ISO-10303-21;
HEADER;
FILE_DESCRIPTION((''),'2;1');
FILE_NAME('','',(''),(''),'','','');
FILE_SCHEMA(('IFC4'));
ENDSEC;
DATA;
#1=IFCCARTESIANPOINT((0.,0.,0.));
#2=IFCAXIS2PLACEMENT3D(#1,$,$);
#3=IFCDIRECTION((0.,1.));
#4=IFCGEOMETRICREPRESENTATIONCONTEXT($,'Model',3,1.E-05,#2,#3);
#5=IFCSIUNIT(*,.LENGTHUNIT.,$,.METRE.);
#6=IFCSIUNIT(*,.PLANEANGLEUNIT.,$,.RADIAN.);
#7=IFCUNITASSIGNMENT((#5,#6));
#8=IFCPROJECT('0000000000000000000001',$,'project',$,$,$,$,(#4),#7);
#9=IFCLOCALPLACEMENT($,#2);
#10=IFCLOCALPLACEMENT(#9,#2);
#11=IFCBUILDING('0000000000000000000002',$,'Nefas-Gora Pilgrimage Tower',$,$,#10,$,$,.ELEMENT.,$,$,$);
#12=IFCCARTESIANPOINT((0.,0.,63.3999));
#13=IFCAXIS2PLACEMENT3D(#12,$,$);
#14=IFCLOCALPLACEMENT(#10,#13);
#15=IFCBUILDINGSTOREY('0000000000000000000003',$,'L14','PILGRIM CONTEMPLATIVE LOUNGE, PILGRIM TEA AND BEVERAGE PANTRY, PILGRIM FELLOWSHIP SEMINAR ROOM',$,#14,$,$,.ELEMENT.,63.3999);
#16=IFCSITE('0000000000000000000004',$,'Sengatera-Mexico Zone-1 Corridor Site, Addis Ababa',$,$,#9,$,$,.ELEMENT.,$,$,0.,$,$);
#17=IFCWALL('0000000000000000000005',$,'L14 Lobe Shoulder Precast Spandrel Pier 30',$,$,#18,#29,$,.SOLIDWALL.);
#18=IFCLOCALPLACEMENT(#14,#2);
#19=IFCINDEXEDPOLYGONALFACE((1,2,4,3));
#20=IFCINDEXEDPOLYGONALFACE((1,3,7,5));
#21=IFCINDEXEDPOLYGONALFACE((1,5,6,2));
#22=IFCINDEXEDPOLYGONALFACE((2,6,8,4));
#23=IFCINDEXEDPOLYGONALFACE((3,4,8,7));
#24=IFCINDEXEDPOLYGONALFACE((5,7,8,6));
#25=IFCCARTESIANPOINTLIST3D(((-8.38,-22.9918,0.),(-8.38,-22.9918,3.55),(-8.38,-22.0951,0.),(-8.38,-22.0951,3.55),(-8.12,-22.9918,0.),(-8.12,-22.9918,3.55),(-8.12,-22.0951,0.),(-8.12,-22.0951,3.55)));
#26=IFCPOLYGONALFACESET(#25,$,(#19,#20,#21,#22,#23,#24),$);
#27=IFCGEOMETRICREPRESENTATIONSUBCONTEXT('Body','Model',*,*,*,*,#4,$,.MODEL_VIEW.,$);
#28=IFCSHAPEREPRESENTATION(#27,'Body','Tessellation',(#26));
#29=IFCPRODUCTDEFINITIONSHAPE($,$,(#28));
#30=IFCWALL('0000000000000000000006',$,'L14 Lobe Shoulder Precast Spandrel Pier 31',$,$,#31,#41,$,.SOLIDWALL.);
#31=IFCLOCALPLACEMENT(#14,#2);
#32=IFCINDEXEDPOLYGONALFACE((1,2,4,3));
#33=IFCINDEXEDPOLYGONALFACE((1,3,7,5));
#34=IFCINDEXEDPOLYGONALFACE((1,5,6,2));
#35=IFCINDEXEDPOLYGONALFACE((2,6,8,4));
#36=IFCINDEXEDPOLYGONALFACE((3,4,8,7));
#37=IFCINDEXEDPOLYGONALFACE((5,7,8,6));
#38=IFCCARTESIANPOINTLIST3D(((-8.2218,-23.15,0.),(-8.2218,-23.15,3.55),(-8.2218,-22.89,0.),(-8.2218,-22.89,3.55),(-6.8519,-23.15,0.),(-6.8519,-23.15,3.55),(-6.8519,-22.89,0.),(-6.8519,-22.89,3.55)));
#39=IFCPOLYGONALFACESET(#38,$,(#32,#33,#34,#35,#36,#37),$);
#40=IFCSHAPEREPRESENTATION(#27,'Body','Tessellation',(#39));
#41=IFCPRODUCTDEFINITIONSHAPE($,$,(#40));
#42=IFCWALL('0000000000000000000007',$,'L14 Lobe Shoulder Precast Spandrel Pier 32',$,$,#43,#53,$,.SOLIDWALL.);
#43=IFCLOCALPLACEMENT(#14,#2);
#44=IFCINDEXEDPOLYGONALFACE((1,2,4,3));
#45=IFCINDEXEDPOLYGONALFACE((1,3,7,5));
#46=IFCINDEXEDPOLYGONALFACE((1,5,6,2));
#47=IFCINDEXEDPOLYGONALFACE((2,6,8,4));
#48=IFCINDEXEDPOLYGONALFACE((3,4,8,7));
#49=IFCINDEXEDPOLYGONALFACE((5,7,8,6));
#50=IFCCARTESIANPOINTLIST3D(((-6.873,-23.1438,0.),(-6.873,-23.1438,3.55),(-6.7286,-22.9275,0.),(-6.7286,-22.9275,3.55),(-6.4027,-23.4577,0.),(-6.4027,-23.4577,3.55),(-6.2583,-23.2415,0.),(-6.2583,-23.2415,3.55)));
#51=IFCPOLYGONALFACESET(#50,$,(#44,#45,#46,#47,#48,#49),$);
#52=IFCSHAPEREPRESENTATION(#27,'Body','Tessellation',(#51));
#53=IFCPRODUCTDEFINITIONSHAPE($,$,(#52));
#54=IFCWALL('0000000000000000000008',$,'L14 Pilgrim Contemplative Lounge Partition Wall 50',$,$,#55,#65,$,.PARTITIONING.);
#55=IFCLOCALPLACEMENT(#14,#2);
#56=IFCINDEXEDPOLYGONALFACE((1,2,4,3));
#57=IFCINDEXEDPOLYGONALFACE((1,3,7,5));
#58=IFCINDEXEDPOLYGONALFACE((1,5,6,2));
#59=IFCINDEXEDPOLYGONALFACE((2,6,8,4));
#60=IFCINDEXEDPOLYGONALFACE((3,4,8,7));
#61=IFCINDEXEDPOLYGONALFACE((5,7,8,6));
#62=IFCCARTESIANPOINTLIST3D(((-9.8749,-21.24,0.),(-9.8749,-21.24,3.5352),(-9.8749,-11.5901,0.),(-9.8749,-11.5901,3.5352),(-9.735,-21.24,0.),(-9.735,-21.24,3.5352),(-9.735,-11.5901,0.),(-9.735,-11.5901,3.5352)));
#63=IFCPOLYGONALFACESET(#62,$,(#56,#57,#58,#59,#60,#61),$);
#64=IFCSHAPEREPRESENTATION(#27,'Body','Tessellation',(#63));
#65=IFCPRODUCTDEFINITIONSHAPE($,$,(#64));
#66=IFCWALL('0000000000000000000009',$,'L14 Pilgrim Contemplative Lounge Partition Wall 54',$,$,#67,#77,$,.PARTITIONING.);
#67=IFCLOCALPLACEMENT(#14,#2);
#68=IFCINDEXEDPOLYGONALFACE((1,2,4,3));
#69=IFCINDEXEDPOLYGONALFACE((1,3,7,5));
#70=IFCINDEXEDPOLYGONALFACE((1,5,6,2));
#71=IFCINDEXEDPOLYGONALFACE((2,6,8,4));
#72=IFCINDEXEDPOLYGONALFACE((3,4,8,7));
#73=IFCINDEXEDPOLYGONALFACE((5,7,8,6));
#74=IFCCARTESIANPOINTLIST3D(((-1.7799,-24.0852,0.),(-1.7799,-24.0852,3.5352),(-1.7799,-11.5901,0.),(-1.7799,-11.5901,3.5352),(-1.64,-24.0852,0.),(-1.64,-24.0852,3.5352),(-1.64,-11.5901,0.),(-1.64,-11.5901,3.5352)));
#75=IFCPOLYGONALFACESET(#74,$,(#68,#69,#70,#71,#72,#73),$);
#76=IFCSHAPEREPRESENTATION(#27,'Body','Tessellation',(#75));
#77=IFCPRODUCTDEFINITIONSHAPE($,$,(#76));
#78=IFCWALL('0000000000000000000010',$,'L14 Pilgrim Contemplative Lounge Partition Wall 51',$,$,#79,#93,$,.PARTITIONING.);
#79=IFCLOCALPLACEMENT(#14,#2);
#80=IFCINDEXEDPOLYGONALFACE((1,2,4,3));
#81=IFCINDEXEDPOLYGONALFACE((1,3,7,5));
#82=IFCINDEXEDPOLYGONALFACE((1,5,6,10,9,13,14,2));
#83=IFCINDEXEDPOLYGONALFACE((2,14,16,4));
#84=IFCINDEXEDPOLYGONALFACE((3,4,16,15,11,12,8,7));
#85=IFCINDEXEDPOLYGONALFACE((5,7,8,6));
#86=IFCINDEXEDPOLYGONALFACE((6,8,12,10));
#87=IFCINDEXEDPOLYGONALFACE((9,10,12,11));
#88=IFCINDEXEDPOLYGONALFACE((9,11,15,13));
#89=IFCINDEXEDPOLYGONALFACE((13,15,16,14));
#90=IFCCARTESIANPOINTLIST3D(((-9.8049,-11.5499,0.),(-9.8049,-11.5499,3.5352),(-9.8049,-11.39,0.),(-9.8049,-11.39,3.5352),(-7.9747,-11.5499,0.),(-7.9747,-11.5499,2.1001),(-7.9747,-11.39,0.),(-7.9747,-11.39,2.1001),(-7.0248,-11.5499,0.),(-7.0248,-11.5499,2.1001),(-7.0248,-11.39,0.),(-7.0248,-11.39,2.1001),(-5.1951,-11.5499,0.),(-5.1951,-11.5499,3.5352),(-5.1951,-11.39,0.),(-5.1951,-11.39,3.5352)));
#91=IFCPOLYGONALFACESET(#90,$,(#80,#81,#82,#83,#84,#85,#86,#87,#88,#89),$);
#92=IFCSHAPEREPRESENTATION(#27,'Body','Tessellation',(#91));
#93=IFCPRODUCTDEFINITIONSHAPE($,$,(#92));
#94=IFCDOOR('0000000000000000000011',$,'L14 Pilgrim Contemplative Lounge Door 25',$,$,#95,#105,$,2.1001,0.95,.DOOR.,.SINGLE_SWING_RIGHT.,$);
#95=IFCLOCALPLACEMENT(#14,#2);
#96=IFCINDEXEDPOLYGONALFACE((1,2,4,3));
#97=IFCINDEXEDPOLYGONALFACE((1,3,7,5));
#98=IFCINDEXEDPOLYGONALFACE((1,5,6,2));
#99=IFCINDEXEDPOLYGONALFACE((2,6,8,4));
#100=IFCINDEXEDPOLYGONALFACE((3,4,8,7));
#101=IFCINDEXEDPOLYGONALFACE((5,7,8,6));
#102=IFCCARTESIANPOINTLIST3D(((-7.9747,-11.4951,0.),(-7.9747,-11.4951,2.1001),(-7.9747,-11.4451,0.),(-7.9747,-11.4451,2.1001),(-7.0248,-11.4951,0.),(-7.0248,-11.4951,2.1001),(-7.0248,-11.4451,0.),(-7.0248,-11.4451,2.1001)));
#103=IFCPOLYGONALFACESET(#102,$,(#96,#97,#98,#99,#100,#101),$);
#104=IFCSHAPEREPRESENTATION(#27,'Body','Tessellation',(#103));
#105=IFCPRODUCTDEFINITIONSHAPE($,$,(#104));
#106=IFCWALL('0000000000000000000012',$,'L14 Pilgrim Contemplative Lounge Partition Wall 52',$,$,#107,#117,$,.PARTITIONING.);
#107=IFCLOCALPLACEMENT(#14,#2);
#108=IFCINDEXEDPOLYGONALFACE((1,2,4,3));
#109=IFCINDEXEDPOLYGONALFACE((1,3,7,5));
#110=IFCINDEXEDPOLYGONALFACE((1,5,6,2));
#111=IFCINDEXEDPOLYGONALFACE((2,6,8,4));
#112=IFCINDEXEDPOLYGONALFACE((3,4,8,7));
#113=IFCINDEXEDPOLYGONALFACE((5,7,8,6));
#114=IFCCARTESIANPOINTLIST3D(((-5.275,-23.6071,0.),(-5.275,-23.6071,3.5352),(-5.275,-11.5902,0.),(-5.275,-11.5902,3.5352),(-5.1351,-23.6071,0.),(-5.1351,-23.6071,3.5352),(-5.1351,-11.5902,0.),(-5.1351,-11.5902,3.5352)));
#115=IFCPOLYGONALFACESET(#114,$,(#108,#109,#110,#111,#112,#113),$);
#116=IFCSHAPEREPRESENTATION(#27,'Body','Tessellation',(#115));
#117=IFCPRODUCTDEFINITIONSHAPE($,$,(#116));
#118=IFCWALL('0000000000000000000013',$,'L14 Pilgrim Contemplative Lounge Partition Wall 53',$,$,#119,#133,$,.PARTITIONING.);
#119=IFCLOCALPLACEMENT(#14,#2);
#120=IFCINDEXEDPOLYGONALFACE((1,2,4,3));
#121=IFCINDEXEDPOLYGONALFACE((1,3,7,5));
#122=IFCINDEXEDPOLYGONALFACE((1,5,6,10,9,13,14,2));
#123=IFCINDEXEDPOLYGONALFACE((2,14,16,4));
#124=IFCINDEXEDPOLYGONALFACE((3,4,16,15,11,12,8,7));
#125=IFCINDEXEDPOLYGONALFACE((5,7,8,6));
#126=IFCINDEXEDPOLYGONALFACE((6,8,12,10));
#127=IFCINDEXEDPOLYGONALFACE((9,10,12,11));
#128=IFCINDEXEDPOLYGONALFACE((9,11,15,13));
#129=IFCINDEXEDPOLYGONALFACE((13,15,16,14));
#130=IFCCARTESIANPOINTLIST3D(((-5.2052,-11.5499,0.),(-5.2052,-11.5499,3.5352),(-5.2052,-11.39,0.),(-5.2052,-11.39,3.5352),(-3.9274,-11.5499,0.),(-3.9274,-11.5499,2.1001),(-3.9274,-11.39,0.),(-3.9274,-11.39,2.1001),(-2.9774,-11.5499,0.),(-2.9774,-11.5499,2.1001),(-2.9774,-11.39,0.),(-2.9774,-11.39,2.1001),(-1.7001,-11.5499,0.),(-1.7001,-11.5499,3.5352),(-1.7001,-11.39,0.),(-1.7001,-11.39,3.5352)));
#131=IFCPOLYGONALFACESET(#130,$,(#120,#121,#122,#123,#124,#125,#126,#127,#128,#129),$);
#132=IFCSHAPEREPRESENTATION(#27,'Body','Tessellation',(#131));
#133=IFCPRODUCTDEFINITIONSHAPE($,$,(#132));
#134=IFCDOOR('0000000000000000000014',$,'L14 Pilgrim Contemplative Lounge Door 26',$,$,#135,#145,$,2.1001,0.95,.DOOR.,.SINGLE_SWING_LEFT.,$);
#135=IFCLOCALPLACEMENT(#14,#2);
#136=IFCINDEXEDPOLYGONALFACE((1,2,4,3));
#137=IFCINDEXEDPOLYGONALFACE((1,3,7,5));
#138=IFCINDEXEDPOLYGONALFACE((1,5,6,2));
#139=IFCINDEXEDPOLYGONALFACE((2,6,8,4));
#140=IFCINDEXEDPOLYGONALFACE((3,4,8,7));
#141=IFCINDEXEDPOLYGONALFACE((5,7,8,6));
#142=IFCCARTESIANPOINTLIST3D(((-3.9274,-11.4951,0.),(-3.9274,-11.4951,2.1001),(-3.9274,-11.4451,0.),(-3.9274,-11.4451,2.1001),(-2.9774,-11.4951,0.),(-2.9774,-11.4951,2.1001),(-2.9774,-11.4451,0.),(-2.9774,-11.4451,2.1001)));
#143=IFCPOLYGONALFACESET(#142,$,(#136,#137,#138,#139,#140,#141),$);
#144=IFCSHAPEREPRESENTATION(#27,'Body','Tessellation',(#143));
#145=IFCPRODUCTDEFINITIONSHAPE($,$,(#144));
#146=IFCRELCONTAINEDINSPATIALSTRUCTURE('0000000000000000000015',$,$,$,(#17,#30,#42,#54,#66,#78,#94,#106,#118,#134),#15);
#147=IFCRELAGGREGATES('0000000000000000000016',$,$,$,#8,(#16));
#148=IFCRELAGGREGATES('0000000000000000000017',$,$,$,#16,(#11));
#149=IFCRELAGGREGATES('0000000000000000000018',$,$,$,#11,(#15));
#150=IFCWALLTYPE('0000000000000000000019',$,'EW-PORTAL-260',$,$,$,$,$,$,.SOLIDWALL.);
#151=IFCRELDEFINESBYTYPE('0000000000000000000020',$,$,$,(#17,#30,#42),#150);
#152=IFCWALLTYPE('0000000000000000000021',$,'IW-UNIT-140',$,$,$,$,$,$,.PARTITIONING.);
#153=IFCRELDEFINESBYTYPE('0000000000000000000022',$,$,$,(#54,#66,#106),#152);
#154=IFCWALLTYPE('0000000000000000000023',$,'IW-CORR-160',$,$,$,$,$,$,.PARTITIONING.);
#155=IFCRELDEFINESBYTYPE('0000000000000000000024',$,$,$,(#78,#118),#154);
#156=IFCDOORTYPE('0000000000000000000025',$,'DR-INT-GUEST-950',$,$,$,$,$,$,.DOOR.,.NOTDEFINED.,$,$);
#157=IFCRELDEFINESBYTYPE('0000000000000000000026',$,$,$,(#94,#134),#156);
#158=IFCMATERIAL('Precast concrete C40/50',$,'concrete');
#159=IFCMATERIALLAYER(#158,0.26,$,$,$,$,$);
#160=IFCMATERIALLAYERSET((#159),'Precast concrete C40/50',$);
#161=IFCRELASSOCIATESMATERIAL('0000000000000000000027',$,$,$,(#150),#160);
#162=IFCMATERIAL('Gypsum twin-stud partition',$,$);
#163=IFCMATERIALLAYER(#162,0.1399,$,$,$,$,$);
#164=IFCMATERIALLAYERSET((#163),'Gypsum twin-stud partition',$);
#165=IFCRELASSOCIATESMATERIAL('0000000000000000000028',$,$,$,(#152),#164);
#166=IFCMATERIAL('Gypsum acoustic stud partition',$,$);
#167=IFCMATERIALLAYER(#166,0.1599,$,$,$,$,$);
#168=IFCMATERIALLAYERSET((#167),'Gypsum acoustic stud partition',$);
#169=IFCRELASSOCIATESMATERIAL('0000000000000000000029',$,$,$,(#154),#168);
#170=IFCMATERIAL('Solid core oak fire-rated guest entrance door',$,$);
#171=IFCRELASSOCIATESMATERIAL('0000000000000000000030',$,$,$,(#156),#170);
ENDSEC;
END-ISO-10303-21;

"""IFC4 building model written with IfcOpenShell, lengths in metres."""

from ifc_helpers import new_model, si_unit, direction, frame, frame_2d, origin, place, context, subcontext, project, spatial, rectangle, extrude, source, transform, mapped, material, layer, layer_set, type_object, element, fill, save


model = new_model("IFC4")

# Units and contexts
model_context = context("Model", 3, precision=1e-05, world=origin(), true_north=direction((0.0, 1.0)))
body_context = subcontext(model_context, "Body", "Model", "MODEL_VIEW")
ifc_project = project(units=[si_unit("LENGTHUNIT", "METRE"), si_unit("PLANEANGLEUNIT", "RADIAN")], contexts=[model_context])

# Site, building, storey
site_placement = place(None, origin())
site = spatial("IfcSite", under=ifc_project, at=site_placement, Name="Sengatera-Mexico Zone-1 Corridor Site, Addis Ababa", CompositionType="ELEMENT", RefElevation=0.0)
building_placement = place(site_placement, origin())
building = spatial("IfcBuilding", under=site, at=building_placement, Name="Nefas-Gora Pilgrimage Tower", CompositionType="ELEMENT")
storey_placement = place(building_placement, frame((0.0, 0.0, 63.3999)))
storey = spatial("IfcBuildingStorey", under=building, at=storey_placement, Name="L14", Description="PILGRIM CONTEMPLATIVE LOUNGE, PILGRIM TEA AND BEVERAGE PANTRY, PILGRIM FELLOWSHIP SEMINAR ROOM", CompositionType="ELEMENT", Elevation=63.3999)

# Walls
ifc_material_1 = material(Name="Precast concrete C40/50", Category="concrete")
ifc_layer_1 = layer(ifc_material_1, 0.26)
ifc_layer_set_1 = layer_set([ifc_layer_1], Name="Precast concrete C40/50")
wall_type_1 = type_object("IfcWallType", Name="EW-PORTAL-260", PredefinedType="SOLIDWALL", material=ifc_layer_set_1)
shared_shape_1 = source(origin(), body_context, "Body", "SweptSolid", [
    extrude(rectangle(XDim=0.8967, YDim=0.26, at=frame_2d((0.4482, 0.0))), origin(), (0.0, 0.0, 1.0), 3.55),
])
wall_1_placement = place(storey_placement, frame((-8.25, -22.0952, 0.0), z_axis=(0.0, 0.0, 1.0), x_axis=(0.0, -1.0, 0.0)))
element("IfcWall", 1, at=wall_1_placement, inside=storey, type_object=wall_type_1, Name="L14 Lobe Shoulder Precast Spandrel Pier 30", PredefinedType="SOLIDWALL", context=body_context, shape_type="MappedRepresentation", body=[
    mapped(shared_shape_1, transform((0.0, 0.0, 0.0), x_axis=(1.0, 0.0, 0.0), y_axis=(0.0, 1.0, 0.0), z_axis=(0.0, 0.0, 1.0), scale=1.0)),
])
shared_shape_2 = source(origin(), body_context, "Body", "SweptSolid", [
    extrude(rectangle(XDim=1.3699, YDim=0.26, at=frame_2d((0.6851, 0.0))), origin(), (0.0, 0.0, 1.0), 3.55),
])
wall_2_placement = place(storey_placement, frame((-8.2219, -23.02, 0.0), z_axis=(0.0, 0.0, 1.0), x_axis=(1.0, 0.0, 0.0)))
element("IfcWall", 2, at=wall_2_placement, inside=storey, type_object=wall_type_1, Name="L14 Lobe Shoulder Precast Spandrel Pier 31", PredefinedType="SOLIDWALL", context=body_context, shape_type="MappedRepresentation", body=[
    mapped(shared_shape_2, transform((0.0, 0.0, 0.0), x_axis=(1.0, 0.0, 0.0), y_axis=(0.0, 1.0, 0.0), z_axis=(0.0, 0.0, 1.0), scale=1.0)),
])
shared_shape_3 = source(origin(), body_context, "Body", "SweptSolid", [
    extrude(rectangle(XDim=0.5654, YDim=0.26, at=frame_2d((0.2827, 0.0))), origin(), (0.0, 0.0, 1.0), 3.55),
])
wall_3_placement = place(storey_placement, frame((-6.8008, -23.0356, 0.0), z_axis=(0.0, 0.0, 1.0), x_axis=(0.831651, -0.555298, 0.0)))
element("IfcWall", 3, at=wall_3_placement, inside=storey, type_object=wall_type_1, Name="L14 Lobe Shoulder Precast Spandrel Pier 32", PredefinedType="SOLIDWALL", context=body_context, shape_type="MappedRepresentation", body=[
    mapped(shared_shape_3, transform((0.0, 0.0, 0.0), x_axis=(1.0, 0.0, 0.0), y_axis=(0.0, 1.0, 0.0), z_axis=(0.0, 0.0, 1.0), scale=1.0)),
])
ifc_material_2 = material(Name="Gypsum twin-stud partition")
ifc_layer_2 = layer(ifc_material_2, 0.1399)
ifc_layer_set_2 = layer_set([ifc_layer_2], Name="Gypsum twin-stud partition")
wall_type_2 = type_object("IfcWallType", Name="IW-UNIT-140", PredefinedType="PARTITIONING", material=ifc_layer_set_2)
shared_shape_4 = source(origin(), body_context, "Body", "SweptSolid", [
    extrude(rectangle(XDim=9.6499, YDim=0.1399, at=frame_2d((4.825, 0.0))), origin(), (0.0, 0.0, 1.0), 3.5352),
])
wall_4_placement = place(storey_placement, frame((-9.8049, -21.24, 0.0), z_axis=(0.0, 0.0, 1.0), x_axis=(0.0, 1.0, 0.0)))
element("IfcWall", 4, at=wall_4_placement, inside=storey, type_object=wall_type_2, Name="L14 Pilgrim Contemplative Lounge Partition Wall 50", PredefinedType="PARTITIONING", context=body_context, shape_type="MappedRepresentation", body=[
    mapped(shared_shape_4, transform((0.0, 0.0, 0.0), x_axis=(1.0, 0.0, 0.0), y_axis=(0.0, 1.0, 0.0), z_axis=(0.0, 0.0, 1.0), scale=1.0)),
])
shared_shape_5 = source(origin(), body_context, "Body", "SweptSolid", [
    extrude(rectangle(XDim=12.4951, YDim=0.1399, at=frame_2d((6.2476, 0.0))), origin(), (0.0, 0.0, 1.0), 3.5352),
])
wall_5_placement = place(storey_placement, frame((-1.71, -24.0852, 0.0), z_axis=(0.0, 0.0, 1.0), x_axis=(0.0, 1.0, 0.0)))
element("IfcWall", 5, at=wall_5_placement, inside=storey, type_object=wall_type_2, Name="L14 Pilgrim Contemplative Lounge Partition Wall 54", PredefinedType="PARTITIONING", context=body_context, shape_type="MappedRepresentation", body=[
    mapped(shared_shape_5, transform((0.0, 0.0, 0.0), x_axis=(1.0, 0.0, 0.0), y_axis=(0.0, 1.0, 0.0), z_axis=(0.0, 0.0, 1.0), scale=1.0)),
])

# Wall, opening, door
ifc_material_3 = material(Name="Gypsum acoustic stud partition")
ifc_layer_3 = layer(ifc_material_3, 0.1599)
ifc_layer_set_3 = layer_set([ifc_layer_3], Name="Gypsum acoustic stud partition")
wall_type_3 = type_object("IfcWallType", Name="IW-CORR-160", PredefinedType="PARTITIONING", material=ifc_layer_set_3)
shared_shape_6 = source(origin(), body_context, "Body", "SweptSolid", [
    extrude(rectangle(XDim=4.6099, YDim=0.1599, at=frame_2d((2.3049, 0.0))), origin(), (0.0, 0.0, 1.0), 3.5352),
])
wall_6_placement = place(storey_placement, frame((-9.8049, -11.47, 0.0), z_axis=(0.0, 0.0, 1.0), x_axis=(1.0, 0.0, 0.0)))
wall_6 = element("IfcWall", 6, at=wall_6_placement, inside=storey, type_object=wall_type_3, Name="L14 Pilgrim Contemplative Lounge Partition Wall 51", PredefinedType="PARTITIONING", context=body_context, shape_type="MappedRepresentation", body=[
    mapped(shared_shape_6, transform((0.0, 0.0, 0.0), x_axis=(1.0, 0.0, 0.0), y_axis=(0.0, 1.0, 0.0), z_axis=(0.0, 0.0, 1.0), scale=1.0)),
])
opening_1_placement = place(wall_6_placement, frame((1.8301, 0.0, 0.0)))
opening_1 = element("IfcOpeningElement", 7, at=opening_1_placement, cuts=wall_6, PredefinedType="OPENING", context=body_context, shape_type="SweptSolid", body=[
    extrude(rectangle(XDim=0.95, YDim=2.1001, at=frame_2d((0.4751, 1.05))), frame((0.0, 0.0898, 0.0), z_axis=(0.0, -1.0, 0.0), x_axis=(1.0, 0.0, 0.0)), (0.0, 0.0, 1.0), 0.1799),
])
ifc_material_4 = material(Name="Solid core oak fire-rated guest entrance door")
door_type = type_object("IfcDoorType", Name="DR-INT-GUEST-950", OperationType="NOTDEFINED", PredefinedType="DOOR", material=ifc_material_4)
shared_shape_7 = source(origin(), body_context, "Body", "SweptSolid", [
    extrude(rectangle(XDim=0.95, YDim=2.1001, at=frame_2d((0.4751, 1.05))), frame((0.0, 0.0249, 0.0), z_axis=(0.0, -1.0, 0.0), x_axis=(1.0, 0.0, 0.0)), (0.0, 0.0, 1.0), 0.05),
])
door_1_placement = place(opening_1_placement, origin())
door_1 = element("IfcDoor", 8, at=door_1_placement, inside=storey, type_object=door_type, Name="L14 Pilgrim Contemplative Lounge Door 25", OperationType="SINGLE_SWING_RIGHT", OverallHeight=2.1001, OverallWidth=0.95, PredefinedType="DOOR", context=body_context, shape_type="MappedRepresentation", body=[
    mapped(shared_shape_7, transform((0.0, 0.0, 0.0), x_axis=(1.0, 0.0, 0.0), y_axis=(0.0, 1.0, 0.0), z_axis=(0.0, 0.0, 1.0), scale=1.0)),
])
fill(opening_1, door_1)

# Wall
shared_shape_8 = source(origin(), body_context, "Body", "SweptSolid", [
    extrude(rectangle(XDim=12.0168, YDim=0.1399, at=frame_2d((6.0083, 0.0))), origin(), (0.0, 0.0, 1.0), 3.5352),
])
wall_7_placement = place(storey_placement, frame((-5.2051, -23.6069, 0.0), z_axis=(0.0, 0.0, 1.0), x_axis=(0.0, 1.0, 0.0)))
element("IfcWall", 9, at=wall_7_placement, inside=storey, type_object=wall_type_2, Name="L14 Pilgrim Contemplative Lounge Partition Wall 52", PredefinedType="PARTITIONING", context=body_context, shape_type="MappedRepresentation", body=[
    mapped(shared_shape_8, transform((0.0, 0.0, 0.0), x_axis=(1.0, 0.0, 0.0), y_axis=(0.0, 1.0, 0.0), z_axis=(0.0, 0.0, 1.0), scale=1.0)),
])

# Wall, opening, door
shared_shape_9 = source(origin(), body_context, "Body", "SweptSolid", [
    extrude(rectangle(XDim=3.5051, YDim=0.1599, at=frame_2d((1.7524, 0.0))), origin(), (0.0, 0.0, 1.0), 3.5352),
])
wall_8_placement = place(storey_placement, frame((-5.2051, -11.47, 0.0), z_axis=(0.0, 0.0, 1.0), x_axis=(1.0, 0.0, 0.0)))
wall_8 = element("IfcWall", 10, at=wall_8_placement, inside=storey, type_object=wall_type_3, Name="L14 Pilgrim Contemplative Lounge Partition Wall 53", PredefinedType="PARTITIONING", context=body_context, shape_type="MappedRepresentation", body=[
    mapped(shared_shape_9, transform((0.0, 0.0, 0.0), x_axis=(1.0, 0.0, 0.0), y_axis=(0.0, 1.0, 0.0), z_axis=(0.0, 0.0, 1.0), scale=1.0)),
])
opening_2_placement = place(wall_8_placement, frame((1.2776, 0.0, 0.0)))
opening_2 = element("IfcOpeningElement", 11, at=opening_2_placement, cuts=wall_8, PredefinedType="OPENING", context=body_context, shape_type="SweptSolid", body=[
    extrude(rectangle(XDim=0.95, YDim=2.1001, at=frame_2d((0.4751, 1.05))), frame((0.0, 0.0898, 0.0), z_axis=(0.0, -1.0, 0.0), x_axis=(1.0, 0.0, 0.0)), (0.0, 0.0, 1.0), 0.1799),
])
door_2_placement = place(opening_2_placement, origin())
door_2 = element("IfcDoor", 12, at=door_2_placement, inside=storey, type_object=door_type, Name="L14 Pilgrim Contemplative Lounge Door 26", OperationType="SINGLE_SWING_LEFT", OverallHeight=2.1001, OverallWidth=0.95, PredefinedType="DOOR", context=body_context, shape_type="MappedRepresentation", body=[
    mapped(shared_shape_7, transform((0.0, 0.0, 0.0), x_axis=(1.0, 0.0, 0.0), y_axis=(0.0, 1.0, 0.0), z_axis=(0.0, 0.0, 1.0), scale=1.0)),
])
fill(opening_2, door_2)

save(model, "model.ifc")
